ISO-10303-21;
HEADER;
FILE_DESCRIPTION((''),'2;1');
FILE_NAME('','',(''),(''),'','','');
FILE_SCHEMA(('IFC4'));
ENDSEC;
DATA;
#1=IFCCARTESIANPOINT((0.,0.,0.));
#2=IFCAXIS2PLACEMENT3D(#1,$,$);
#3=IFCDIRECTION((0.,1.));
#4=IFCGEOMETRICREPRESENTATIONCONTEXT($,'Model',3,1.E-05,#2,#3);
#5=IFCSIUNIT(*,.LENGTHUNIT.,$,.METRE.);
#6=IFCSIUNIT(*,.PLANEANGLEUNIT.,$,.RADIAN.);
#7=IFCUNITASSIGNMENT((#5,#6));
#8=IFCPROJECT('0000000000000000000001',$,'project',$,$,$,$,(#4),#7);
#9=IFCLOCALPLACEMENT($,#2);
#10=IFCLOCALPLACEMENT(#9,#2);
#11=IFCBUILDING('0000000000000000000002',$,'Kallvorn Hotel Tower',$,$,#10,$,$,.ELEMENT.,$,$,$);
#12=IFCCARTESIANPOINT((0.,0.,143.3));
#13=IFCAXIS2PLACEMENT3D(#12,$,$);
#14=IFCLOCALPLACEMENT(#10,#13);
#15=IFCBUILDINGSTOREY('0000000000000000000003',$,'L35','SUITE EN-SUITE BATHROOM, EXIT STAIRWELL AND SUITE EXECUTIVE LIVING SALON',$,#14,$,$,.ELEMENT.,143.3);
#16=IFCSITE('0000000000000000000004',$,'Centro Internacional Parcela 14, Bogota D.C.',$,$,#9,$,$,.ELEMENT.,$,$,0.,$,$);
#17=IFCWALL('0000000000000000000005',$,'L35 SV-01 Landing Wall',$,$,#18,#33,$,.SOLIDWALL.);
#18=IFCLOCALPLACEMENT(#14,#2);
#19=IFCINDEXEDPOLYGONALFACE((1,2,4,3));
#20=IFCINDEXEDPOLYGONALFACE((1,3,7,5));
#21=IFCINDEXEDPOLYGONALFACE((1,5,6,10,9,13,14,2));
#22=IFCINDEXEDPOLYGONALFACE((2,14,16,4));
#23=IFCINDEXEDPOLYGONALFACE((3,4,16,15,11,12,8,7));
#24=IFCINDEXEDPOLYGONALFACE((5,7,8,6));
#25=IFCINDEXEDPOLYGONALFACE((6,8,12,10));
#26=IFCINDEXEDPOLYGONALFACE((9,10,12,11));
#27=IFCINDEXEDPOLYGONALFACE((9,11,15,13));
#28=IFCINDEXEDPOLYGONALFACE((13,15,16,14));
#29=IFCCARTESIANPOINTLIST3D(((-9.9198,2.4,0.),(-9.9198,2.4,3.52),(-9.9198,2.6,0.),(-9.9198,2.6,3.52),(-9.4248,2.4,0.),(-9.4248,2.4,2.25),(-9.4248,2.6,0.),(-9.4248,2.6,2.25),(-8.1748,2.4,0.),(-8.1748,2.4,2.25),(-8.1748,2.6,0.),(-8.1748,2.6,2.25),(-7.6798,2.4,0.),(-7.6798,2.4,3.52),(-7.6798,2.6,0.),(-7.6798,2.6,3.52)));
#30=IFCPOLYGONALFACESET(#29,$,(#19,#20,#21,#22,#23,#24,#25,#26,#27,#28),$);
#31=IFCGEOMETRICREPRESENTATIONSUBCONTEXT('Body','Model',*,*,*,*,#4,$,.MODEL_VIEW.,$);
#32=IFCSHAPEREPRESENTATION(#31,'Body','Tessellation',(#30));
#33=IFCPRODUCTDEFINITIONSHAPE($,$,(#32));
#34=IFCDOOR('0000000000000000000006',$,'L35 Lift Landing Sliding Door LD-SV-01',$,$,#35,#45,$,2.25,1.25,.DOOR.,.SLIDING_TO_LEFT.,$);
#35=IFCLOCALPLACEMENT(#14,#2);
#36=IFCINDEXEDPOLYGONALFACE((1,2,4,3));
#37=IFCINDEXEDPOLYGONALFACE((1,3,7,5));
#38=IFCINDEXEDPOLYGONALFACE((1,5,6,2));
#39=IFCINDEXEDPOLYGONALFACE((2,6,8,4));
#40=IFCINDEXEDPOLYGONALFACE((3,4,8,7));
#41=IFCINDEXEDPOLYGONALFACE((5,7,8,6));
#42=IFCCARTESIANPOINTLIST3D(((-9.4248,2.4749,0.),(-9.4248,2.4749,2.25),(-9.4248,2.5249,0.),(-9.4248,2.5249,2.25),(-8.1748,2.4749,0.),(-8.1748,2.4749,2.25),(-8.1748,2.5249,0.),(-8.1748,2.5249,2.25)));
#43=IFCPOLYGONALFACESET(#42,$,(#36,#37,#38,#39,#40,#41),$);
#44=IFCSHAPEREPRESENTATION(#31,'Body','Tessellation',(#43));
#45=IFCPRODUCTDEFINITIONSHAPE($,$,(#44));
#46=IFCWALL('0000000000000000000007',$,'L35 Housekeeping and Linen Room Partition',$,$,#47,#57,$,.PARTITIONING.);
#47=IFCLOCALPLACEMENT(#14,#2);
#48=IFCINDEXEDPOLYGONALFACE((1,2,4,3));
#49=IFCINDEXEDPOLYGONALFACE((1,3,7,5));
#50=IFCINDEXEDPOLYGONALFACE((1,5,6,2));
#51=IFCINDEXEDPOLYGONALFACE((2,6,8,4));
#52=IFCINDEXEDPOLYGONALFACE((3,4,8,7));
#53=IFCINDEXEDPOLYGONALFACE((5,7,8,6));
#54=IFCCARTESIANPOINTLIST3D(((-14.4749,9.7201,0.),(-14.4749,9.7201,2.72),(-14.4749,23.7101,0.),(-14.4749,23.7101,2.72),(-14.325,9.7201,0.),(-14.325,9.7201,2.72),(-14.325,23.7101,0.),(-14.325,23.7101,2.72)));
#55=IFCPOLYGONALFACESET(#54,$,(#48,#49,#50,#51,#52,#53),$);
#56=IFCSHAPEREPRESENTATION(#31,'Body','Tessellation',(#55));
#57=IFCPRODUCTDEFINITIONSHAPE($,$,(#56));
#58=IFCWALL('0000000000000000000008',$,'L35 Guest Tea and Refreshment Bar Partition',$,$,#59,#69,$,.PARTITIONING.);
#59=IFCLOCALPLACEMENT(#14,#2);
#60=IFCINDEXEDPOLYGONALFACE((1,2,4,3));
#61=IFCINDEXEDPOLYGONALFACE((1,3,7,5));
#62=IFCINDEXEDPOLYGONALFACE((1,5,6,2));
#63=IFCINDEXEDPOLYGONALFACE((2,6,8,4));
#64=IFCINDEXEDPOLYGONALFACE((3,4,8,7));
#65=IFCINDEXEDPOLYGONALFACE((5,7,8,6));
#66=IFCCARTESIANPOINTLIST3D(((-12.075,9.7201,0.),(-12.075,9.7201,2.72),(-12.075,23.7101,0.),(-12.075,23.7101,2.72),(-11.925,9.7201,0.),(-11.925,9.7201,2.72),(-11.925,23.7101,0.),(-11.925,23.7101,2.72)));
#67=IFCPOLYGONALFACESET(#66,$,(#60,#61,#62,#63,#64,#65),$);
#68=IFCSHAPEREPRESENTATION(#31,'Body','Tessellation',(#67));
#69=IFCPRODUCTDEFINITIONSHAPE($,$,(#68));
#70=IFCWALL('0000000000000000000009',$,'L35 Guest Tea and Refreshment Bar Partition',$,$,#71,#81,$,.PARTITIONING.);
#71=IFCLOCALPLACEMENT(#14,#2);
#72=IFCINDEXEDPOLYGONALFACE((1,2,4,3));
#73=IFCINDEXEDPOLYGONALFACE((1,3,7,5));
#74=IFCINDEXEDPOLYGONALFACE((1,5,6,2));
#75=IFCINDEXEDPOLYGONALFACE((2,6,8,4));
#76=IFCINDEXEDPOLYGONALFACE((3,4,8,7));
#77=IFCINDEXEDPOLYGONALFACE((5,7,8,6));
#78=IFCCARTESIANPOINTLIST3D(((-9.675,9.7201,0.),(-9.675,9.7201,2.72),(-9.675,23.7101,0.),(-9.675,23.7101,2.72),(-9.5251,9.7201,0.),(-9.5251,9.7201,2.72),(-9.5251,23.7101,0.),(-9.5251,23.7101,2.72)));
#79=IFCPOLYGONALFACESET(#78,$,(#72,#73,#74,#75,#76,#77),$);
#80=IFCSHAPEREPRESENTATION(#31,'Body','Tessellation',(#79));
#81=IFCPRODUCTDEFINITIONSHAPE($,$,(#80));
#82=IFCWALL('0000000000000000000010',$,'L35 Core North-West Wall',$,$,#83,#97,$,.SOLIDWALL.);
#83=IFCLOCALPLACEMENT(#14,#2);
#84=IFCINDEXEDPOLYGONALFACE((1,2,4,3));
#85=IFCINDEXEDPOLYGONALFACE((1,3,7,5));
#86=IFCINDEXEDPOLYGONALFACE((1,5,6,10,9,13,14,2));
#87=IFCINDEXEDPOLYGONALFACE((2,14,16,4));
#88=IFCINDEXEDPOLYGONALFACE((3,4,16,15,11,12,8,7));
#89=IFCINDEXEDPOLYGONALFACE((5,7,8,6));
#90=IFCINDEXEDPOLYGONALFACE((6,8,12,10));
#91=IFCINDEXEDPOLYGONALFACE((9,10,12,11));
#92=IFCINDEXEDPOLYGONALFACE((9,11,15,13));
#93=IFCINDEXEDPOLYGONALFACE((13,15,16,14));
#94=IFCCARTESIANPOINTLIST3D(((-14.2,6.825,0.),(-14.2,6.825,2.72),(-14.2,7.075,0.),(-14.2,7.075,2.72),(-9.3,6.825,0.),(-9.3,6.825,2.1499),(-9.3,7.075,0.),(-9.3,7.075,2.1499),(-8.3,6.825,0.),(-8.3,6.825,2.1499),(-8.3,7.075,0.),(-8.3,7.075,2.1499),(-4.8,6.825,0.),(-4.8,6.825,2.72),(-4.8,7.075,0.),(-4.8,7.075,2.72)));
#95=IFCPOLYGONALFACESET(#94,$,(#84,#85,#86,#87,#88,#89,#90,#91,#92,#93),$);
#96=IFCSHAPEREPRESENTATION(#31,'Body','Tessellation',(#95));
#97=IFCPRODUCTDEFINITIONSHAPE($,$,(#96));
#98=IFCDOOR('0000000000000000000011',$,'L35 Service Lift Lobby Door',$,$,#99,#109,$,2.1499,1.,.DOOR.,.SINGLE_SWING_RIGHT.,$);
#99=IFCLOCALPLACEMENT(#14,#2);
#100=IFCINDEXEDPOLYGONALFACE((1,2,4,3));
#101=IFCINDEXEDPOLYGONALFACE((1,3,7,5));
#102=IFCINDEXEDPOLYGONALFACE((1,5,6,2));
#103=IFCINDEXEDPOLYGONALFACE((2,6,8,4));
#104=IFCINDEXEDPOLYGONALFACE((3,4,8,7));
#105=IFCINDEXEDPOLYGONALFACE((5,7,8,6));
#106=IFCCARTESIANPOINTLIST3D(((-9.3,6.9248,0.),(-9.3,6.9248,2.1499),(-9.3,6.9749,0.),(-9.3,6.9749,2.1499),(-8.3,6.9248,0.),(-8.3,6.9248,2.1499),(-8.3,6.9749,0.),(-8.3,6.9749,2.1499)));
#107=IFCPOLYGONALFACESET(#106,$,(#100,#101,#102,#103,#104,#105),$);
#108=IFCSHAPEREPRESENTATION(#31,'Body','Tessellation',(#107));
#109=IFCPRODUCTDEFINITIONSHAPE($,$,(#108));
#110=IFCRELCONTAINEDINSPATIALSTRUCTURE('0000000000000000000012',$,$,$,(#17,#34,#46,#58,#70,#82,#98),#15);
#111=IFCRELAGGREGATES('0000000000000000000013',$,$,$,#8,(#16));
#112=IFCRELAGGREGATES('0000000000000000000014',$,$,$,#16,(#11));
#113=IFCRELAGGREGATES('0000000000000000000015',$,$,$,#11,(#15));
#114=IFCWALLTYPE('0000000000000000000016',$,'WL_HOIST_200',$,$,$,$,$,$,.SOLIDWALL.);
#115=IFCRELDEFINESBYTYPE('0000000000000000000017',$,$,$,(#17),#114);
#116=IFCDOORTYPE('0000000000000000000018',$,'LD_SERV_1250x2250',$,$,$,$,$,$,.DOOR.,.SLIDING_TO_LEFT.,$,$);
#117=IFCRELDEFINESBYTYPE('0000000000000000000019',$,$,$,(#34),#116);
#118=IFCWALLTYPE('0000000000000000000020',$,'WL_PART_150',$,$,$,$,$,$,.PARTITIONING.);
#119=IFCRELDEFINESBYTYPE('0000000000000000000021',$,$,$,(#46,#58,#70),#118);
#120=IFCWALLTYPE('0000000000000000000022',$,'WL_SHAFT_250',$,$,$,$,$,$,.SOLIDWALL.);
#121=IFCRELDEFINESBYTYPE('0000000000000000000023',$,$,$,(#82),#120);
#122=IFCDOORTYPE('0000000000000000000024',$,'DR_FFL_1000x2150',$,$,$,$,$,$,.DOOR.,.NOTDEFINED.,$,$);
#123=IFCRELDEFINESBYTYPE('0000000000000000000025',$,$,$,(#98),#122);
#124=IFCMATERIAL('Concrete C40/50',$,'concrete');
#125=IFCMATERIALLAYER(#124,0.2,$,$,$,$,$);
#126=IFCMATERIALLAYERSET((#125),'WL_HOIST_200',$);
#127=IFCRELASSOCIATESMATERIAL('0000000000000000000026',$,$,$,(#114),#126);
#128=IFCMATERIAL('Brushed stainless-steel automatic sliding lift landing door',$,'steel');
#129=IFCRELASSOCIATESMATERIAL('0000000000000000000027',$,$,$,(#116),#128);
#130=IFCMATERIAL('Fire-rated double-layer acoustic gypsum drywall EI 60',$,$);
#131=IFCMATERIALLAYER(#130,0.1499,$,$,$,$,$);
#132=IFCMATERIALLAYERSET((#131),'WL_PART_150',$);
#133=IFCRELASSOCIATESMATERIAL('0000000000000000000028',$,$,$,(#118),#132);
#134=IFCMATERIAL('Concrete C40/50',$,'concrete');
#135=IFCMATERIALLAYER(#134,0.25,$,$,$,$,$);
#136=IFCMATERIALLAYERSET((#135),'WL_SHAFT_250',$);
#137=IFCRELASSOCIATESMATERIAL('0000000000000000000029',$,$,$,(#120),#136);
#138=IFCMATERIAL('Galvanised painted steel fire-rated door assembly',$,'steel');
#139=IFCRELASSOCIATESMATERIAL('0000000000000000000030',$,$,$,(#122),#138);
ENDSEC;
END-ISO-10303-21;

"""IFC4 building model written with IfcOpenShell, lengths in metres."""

from ifc_helpers import new_model, si_unit, direction, frame, frame_2d, origin, place, context, subcontext, project, spatial, rectangle, extrude, material, layer, layer_set, type_object, element, fill, save


model = new_model("IFC4")

# Units and contexts
model_context = context("Model", 3, precision=1e-05, world=origin(), true_north=direction((0.0, 1.0)))
body_context = subcontext(model_context, "Body", "Model", "MODEL_VIEW")
ifc_project = project(units=[si_unit("LENGTHUNIT", "METRE"), si_unit("PLANEANGLEUNIT", "RADIAN")], contexts=[model_context])

# Site, building, storey
site_placement = place(None, origin())
site = spatial("IfcSite", under=ifc_project, at=site_placement, Name="Centro Internacional Parcela 14, Bogota D.C.", CompositionType="ELEMENT", RefElevation=0.0)
building_placement = place(site_placement, origin())
building = spatial("IfcBuilding", under=site, at=building_placement, Name="Kallvorn Hotel Tower", CompositionType="ELEMENT")
storey_placement = place(building_placement, frame((0.0, 0.0, 143.3)))
storey = spatial("IfcBuildingStorey", under=building, at=storey_placement, Name="L35", Description="SUITE EN-SUITE BATHROOM, EXIT STAIRWELL AND SUITE EXECUTIVE LIVING SALON", CompositionType="ELEMENT", Elevation=143.3)

# Shared definitions
ifc_material_1 = material(Name="Concrete C40/50", Category="concrete")
ifc_layer_1 = layer(ifc_material_1, 0.2)
ifc_layer_set_1 = layer_set([ifc_layer_1], Name="WL_HOIST_200")
wall_type_1 = type_object("IfcWallType", Name="WL_HOIST_200", PredefinedType="SOLIDWALL", material=ifc_layer_set_1)

# Wall, opening, door
wall_1_placement = place(storey_placement, frame((-9.9199, 2.5, 0.0), z_axis=(0.0, 0.0, 1.0), x_axis=(1.0, 0.0, 0.0)))
wall_1 = element("IfcWall", 1, at=wall_1_placement, inside=storey, type_object=wall_type_1, Name="L35 SV-01 Landing Wall", PredefinedType="SOLIDWALL", context=body_context, shape_type="SweptSolid", body=[
    extrude(rectangle(XDim=2.24, YDim=0.2, at=frame_2d((1.1201, 0.0))), origin(), (0.0, 0.0, 1.0), 3.52),
])
opening_1_placement = place(wall_1_placement, frame((0.4951, 0.0, 0.0)))
opening_1 = element("IfcOpeningElement", 2, at=opening_1_placement, cuts=wall_1, PredefinedType="OPENING", context=body_context, shape_type="SweptSolid", body=[
    extrude(rectangle(XDim=1.25, YDim=2.25, at=frame_2d((0.625, 1.125))), frame((0.0, 0.115, 0.0), z_axis=(0.0, -1.0, 0.0), x_axis=(1.0, 0.0, 0.0)), (0.0, 0.0, 1.0), 0.23),
])
ifc_material_2 = material(Name="Brushed stainless-steel automatic sliding lift landing door", Category="steel")
door_type_1 = type_object("IfcDoorType", Name="LD_SERV_1250x2250", OperationType="SLIDING_TO_LEFT", PredefinedType="DOOR", material=ifc_material_2)
door_1_placement = place(opening_1_placement, origin())
door_1 = element("IfcDoor", 3, at=door_1_placement, inside=storey, type_object=door_type_1, Name="L35 Lift Landing Sliding Door LD-SV-01", OperationType="SLIDING_TO_LEFT", OverallHeight=2.25, OverallWidth=1.25, PredefinedType="DOOR", context=body_context, shape_type="SweptSolid", body=[
    extrude(rectangle(XDim=1.25, YDim=2.25, at=frame_2d((0.625, 1.125))), frame((0.0, 0.0249, 0.0), z_axis=(0.0, -1.0, 0.0), x_axis=(1.0, 0.0, 0.0)), (0.0, 0.0, 1.0), 0.05),
])
fill(opening_1, door_1)

# Walls
ifc_material_3 = material(Name="Fire-rated double-layer acoustic gypsum drywall EI 60")
ifc_layer_2 = layer(ifc_material_3, 0.1499)
ifc_layer_set_2 = layer_set([ifc_layer_2], Name="WL_PART_150")
wall_type_2 = type_object("IfcWallType", Name="WL_PART_150", PredefinedType="PARTITIONING", material=ifc_layer_set_2)
for number, where, z_axis, x_axis, name in (
    (4, (-14.3999, 9.72, 0.0), (0.0, 0.0, 1.0), (0.0, 1.0, 0.0), "L35 Housekeeping and Linen Room Partition"),
    (5, (-12.0, 9.72, 0.0), (0.0, 0.0, 1.0), (0.0, 1.0, 0.0), "L35 Guest Tea and Refreshment Bar Partition"),
    (6, (-9.6001, 9.72, 0.0), (0.0, 0.0, 1.0), (0.0, 1.0, 0.0), "L35 Guest Tea and Refreshment Bar Partition"),
):
    element("IfcWall", number, at=place(storey_placement, frame(where, z_axis=z_axis, x_axis=x_axis)), inside=storey, type_object=wall_type_2, Name=name, PredefinedType="PARTITIONING", context=body_context, shape_type="SweptSolid", body=[
        extrude(rectangle(XDim=13.99, YDim=0.1499, at=frame_2d((6.9951, 0.0))), origin(), (0.0, 0.0, 1.0), 2.72),
    ])

# Wall, opening, door
ifc_material_4 = material(Name="Concrete C40/50", Category="concrete")
ifc_layer_3 = layer(ifc_material_4, 0.25)
ifc_layer_set_3 = layer_set([ifc_layer_3], Name="WL_SHAFT_250")
wall_type_3 = type_object("IfcWallType", Name="WL_SHAFT_250", PredefinedType="SOLIDWALL", material=ifc_layer_set_3)
wall_2_placement = place(storey_placement, frame((-14.2, 6.95, 0.0), z_axis=(0.0, 0.0, 1.0), x_axis=(1.0, 0.0, 0.0)))
wall_2 = element("IfcWall", 7, at=wall_2_placement, inside=storey, type_object=wall_type_3, Name="L35 Core North-West Wall", PredefinedType="SOLIDWALL", context=body_context, shape_type="SweptSolid", body=[
    extrude(rectangle(XDim=9.3999, YDim=0.25, at=frame_2d((4.7, 0.0))), origin(), (0.0, 0.0, 1.0), 2.72),
])
opening_2_placement = place(wall_2_placement, frame((4.8999, 0.0, 0.0)))
opening_2 = element("IfcOpeningElement", 8, at=opening_2_placement, cuts=wall_2, PredefinedType="OPENING", context=body_context, shape_type="SweptSolid", body=[
    extrude(rectangle(XDim=1.0, YDim=2.1499, at=frame_2d((0.5, 1.075))), frame((0.0, 0.1399, 0.0), z_axis=(0.0, -1.0, 0.0), x_axis=(1.0, 0.0, 0.0)), (0.0, 0.0, 1.0), 0.28),
])
ifc_material_5 = material(Name="Galvanised painted steel fire-rated door assembly", Category="steel")
door_type_2 = type_object("IfcDoorType", Name="DR_FFL_1000x2150", OperationType="NOTDEFINED", PredefinedType="DOOR", material=ifc_material_5)
door_2_placement = place(opening_2_placement, origin())
door_2 = element("IfcDoor", 9, at=door_2_placement, inside=storey, type_object=door_type_2, Name="L35 Service Lift Lobby Door", OperationType="SINGLE_SWING_RIGHT", OverallHeight=2.1499, OverallWidth=1.0, PredefinedType="DOOR", context=body_context, shape_type="SweptSolid", body=[
    extrude(rectangle(XDim=1.0, YDim=2.1499, at=frame_2d((0.5, 1.075))), frame((0.0, 0.0249, 0.0), z_axis=(0.0, -1.0, 0.0), x_axis=(1.0, 0.0, 0.0)), (0.0, 0.0, 1.0), 0.05),
])
fill(opening_2, door_2)

save(model, "model.ifc")
